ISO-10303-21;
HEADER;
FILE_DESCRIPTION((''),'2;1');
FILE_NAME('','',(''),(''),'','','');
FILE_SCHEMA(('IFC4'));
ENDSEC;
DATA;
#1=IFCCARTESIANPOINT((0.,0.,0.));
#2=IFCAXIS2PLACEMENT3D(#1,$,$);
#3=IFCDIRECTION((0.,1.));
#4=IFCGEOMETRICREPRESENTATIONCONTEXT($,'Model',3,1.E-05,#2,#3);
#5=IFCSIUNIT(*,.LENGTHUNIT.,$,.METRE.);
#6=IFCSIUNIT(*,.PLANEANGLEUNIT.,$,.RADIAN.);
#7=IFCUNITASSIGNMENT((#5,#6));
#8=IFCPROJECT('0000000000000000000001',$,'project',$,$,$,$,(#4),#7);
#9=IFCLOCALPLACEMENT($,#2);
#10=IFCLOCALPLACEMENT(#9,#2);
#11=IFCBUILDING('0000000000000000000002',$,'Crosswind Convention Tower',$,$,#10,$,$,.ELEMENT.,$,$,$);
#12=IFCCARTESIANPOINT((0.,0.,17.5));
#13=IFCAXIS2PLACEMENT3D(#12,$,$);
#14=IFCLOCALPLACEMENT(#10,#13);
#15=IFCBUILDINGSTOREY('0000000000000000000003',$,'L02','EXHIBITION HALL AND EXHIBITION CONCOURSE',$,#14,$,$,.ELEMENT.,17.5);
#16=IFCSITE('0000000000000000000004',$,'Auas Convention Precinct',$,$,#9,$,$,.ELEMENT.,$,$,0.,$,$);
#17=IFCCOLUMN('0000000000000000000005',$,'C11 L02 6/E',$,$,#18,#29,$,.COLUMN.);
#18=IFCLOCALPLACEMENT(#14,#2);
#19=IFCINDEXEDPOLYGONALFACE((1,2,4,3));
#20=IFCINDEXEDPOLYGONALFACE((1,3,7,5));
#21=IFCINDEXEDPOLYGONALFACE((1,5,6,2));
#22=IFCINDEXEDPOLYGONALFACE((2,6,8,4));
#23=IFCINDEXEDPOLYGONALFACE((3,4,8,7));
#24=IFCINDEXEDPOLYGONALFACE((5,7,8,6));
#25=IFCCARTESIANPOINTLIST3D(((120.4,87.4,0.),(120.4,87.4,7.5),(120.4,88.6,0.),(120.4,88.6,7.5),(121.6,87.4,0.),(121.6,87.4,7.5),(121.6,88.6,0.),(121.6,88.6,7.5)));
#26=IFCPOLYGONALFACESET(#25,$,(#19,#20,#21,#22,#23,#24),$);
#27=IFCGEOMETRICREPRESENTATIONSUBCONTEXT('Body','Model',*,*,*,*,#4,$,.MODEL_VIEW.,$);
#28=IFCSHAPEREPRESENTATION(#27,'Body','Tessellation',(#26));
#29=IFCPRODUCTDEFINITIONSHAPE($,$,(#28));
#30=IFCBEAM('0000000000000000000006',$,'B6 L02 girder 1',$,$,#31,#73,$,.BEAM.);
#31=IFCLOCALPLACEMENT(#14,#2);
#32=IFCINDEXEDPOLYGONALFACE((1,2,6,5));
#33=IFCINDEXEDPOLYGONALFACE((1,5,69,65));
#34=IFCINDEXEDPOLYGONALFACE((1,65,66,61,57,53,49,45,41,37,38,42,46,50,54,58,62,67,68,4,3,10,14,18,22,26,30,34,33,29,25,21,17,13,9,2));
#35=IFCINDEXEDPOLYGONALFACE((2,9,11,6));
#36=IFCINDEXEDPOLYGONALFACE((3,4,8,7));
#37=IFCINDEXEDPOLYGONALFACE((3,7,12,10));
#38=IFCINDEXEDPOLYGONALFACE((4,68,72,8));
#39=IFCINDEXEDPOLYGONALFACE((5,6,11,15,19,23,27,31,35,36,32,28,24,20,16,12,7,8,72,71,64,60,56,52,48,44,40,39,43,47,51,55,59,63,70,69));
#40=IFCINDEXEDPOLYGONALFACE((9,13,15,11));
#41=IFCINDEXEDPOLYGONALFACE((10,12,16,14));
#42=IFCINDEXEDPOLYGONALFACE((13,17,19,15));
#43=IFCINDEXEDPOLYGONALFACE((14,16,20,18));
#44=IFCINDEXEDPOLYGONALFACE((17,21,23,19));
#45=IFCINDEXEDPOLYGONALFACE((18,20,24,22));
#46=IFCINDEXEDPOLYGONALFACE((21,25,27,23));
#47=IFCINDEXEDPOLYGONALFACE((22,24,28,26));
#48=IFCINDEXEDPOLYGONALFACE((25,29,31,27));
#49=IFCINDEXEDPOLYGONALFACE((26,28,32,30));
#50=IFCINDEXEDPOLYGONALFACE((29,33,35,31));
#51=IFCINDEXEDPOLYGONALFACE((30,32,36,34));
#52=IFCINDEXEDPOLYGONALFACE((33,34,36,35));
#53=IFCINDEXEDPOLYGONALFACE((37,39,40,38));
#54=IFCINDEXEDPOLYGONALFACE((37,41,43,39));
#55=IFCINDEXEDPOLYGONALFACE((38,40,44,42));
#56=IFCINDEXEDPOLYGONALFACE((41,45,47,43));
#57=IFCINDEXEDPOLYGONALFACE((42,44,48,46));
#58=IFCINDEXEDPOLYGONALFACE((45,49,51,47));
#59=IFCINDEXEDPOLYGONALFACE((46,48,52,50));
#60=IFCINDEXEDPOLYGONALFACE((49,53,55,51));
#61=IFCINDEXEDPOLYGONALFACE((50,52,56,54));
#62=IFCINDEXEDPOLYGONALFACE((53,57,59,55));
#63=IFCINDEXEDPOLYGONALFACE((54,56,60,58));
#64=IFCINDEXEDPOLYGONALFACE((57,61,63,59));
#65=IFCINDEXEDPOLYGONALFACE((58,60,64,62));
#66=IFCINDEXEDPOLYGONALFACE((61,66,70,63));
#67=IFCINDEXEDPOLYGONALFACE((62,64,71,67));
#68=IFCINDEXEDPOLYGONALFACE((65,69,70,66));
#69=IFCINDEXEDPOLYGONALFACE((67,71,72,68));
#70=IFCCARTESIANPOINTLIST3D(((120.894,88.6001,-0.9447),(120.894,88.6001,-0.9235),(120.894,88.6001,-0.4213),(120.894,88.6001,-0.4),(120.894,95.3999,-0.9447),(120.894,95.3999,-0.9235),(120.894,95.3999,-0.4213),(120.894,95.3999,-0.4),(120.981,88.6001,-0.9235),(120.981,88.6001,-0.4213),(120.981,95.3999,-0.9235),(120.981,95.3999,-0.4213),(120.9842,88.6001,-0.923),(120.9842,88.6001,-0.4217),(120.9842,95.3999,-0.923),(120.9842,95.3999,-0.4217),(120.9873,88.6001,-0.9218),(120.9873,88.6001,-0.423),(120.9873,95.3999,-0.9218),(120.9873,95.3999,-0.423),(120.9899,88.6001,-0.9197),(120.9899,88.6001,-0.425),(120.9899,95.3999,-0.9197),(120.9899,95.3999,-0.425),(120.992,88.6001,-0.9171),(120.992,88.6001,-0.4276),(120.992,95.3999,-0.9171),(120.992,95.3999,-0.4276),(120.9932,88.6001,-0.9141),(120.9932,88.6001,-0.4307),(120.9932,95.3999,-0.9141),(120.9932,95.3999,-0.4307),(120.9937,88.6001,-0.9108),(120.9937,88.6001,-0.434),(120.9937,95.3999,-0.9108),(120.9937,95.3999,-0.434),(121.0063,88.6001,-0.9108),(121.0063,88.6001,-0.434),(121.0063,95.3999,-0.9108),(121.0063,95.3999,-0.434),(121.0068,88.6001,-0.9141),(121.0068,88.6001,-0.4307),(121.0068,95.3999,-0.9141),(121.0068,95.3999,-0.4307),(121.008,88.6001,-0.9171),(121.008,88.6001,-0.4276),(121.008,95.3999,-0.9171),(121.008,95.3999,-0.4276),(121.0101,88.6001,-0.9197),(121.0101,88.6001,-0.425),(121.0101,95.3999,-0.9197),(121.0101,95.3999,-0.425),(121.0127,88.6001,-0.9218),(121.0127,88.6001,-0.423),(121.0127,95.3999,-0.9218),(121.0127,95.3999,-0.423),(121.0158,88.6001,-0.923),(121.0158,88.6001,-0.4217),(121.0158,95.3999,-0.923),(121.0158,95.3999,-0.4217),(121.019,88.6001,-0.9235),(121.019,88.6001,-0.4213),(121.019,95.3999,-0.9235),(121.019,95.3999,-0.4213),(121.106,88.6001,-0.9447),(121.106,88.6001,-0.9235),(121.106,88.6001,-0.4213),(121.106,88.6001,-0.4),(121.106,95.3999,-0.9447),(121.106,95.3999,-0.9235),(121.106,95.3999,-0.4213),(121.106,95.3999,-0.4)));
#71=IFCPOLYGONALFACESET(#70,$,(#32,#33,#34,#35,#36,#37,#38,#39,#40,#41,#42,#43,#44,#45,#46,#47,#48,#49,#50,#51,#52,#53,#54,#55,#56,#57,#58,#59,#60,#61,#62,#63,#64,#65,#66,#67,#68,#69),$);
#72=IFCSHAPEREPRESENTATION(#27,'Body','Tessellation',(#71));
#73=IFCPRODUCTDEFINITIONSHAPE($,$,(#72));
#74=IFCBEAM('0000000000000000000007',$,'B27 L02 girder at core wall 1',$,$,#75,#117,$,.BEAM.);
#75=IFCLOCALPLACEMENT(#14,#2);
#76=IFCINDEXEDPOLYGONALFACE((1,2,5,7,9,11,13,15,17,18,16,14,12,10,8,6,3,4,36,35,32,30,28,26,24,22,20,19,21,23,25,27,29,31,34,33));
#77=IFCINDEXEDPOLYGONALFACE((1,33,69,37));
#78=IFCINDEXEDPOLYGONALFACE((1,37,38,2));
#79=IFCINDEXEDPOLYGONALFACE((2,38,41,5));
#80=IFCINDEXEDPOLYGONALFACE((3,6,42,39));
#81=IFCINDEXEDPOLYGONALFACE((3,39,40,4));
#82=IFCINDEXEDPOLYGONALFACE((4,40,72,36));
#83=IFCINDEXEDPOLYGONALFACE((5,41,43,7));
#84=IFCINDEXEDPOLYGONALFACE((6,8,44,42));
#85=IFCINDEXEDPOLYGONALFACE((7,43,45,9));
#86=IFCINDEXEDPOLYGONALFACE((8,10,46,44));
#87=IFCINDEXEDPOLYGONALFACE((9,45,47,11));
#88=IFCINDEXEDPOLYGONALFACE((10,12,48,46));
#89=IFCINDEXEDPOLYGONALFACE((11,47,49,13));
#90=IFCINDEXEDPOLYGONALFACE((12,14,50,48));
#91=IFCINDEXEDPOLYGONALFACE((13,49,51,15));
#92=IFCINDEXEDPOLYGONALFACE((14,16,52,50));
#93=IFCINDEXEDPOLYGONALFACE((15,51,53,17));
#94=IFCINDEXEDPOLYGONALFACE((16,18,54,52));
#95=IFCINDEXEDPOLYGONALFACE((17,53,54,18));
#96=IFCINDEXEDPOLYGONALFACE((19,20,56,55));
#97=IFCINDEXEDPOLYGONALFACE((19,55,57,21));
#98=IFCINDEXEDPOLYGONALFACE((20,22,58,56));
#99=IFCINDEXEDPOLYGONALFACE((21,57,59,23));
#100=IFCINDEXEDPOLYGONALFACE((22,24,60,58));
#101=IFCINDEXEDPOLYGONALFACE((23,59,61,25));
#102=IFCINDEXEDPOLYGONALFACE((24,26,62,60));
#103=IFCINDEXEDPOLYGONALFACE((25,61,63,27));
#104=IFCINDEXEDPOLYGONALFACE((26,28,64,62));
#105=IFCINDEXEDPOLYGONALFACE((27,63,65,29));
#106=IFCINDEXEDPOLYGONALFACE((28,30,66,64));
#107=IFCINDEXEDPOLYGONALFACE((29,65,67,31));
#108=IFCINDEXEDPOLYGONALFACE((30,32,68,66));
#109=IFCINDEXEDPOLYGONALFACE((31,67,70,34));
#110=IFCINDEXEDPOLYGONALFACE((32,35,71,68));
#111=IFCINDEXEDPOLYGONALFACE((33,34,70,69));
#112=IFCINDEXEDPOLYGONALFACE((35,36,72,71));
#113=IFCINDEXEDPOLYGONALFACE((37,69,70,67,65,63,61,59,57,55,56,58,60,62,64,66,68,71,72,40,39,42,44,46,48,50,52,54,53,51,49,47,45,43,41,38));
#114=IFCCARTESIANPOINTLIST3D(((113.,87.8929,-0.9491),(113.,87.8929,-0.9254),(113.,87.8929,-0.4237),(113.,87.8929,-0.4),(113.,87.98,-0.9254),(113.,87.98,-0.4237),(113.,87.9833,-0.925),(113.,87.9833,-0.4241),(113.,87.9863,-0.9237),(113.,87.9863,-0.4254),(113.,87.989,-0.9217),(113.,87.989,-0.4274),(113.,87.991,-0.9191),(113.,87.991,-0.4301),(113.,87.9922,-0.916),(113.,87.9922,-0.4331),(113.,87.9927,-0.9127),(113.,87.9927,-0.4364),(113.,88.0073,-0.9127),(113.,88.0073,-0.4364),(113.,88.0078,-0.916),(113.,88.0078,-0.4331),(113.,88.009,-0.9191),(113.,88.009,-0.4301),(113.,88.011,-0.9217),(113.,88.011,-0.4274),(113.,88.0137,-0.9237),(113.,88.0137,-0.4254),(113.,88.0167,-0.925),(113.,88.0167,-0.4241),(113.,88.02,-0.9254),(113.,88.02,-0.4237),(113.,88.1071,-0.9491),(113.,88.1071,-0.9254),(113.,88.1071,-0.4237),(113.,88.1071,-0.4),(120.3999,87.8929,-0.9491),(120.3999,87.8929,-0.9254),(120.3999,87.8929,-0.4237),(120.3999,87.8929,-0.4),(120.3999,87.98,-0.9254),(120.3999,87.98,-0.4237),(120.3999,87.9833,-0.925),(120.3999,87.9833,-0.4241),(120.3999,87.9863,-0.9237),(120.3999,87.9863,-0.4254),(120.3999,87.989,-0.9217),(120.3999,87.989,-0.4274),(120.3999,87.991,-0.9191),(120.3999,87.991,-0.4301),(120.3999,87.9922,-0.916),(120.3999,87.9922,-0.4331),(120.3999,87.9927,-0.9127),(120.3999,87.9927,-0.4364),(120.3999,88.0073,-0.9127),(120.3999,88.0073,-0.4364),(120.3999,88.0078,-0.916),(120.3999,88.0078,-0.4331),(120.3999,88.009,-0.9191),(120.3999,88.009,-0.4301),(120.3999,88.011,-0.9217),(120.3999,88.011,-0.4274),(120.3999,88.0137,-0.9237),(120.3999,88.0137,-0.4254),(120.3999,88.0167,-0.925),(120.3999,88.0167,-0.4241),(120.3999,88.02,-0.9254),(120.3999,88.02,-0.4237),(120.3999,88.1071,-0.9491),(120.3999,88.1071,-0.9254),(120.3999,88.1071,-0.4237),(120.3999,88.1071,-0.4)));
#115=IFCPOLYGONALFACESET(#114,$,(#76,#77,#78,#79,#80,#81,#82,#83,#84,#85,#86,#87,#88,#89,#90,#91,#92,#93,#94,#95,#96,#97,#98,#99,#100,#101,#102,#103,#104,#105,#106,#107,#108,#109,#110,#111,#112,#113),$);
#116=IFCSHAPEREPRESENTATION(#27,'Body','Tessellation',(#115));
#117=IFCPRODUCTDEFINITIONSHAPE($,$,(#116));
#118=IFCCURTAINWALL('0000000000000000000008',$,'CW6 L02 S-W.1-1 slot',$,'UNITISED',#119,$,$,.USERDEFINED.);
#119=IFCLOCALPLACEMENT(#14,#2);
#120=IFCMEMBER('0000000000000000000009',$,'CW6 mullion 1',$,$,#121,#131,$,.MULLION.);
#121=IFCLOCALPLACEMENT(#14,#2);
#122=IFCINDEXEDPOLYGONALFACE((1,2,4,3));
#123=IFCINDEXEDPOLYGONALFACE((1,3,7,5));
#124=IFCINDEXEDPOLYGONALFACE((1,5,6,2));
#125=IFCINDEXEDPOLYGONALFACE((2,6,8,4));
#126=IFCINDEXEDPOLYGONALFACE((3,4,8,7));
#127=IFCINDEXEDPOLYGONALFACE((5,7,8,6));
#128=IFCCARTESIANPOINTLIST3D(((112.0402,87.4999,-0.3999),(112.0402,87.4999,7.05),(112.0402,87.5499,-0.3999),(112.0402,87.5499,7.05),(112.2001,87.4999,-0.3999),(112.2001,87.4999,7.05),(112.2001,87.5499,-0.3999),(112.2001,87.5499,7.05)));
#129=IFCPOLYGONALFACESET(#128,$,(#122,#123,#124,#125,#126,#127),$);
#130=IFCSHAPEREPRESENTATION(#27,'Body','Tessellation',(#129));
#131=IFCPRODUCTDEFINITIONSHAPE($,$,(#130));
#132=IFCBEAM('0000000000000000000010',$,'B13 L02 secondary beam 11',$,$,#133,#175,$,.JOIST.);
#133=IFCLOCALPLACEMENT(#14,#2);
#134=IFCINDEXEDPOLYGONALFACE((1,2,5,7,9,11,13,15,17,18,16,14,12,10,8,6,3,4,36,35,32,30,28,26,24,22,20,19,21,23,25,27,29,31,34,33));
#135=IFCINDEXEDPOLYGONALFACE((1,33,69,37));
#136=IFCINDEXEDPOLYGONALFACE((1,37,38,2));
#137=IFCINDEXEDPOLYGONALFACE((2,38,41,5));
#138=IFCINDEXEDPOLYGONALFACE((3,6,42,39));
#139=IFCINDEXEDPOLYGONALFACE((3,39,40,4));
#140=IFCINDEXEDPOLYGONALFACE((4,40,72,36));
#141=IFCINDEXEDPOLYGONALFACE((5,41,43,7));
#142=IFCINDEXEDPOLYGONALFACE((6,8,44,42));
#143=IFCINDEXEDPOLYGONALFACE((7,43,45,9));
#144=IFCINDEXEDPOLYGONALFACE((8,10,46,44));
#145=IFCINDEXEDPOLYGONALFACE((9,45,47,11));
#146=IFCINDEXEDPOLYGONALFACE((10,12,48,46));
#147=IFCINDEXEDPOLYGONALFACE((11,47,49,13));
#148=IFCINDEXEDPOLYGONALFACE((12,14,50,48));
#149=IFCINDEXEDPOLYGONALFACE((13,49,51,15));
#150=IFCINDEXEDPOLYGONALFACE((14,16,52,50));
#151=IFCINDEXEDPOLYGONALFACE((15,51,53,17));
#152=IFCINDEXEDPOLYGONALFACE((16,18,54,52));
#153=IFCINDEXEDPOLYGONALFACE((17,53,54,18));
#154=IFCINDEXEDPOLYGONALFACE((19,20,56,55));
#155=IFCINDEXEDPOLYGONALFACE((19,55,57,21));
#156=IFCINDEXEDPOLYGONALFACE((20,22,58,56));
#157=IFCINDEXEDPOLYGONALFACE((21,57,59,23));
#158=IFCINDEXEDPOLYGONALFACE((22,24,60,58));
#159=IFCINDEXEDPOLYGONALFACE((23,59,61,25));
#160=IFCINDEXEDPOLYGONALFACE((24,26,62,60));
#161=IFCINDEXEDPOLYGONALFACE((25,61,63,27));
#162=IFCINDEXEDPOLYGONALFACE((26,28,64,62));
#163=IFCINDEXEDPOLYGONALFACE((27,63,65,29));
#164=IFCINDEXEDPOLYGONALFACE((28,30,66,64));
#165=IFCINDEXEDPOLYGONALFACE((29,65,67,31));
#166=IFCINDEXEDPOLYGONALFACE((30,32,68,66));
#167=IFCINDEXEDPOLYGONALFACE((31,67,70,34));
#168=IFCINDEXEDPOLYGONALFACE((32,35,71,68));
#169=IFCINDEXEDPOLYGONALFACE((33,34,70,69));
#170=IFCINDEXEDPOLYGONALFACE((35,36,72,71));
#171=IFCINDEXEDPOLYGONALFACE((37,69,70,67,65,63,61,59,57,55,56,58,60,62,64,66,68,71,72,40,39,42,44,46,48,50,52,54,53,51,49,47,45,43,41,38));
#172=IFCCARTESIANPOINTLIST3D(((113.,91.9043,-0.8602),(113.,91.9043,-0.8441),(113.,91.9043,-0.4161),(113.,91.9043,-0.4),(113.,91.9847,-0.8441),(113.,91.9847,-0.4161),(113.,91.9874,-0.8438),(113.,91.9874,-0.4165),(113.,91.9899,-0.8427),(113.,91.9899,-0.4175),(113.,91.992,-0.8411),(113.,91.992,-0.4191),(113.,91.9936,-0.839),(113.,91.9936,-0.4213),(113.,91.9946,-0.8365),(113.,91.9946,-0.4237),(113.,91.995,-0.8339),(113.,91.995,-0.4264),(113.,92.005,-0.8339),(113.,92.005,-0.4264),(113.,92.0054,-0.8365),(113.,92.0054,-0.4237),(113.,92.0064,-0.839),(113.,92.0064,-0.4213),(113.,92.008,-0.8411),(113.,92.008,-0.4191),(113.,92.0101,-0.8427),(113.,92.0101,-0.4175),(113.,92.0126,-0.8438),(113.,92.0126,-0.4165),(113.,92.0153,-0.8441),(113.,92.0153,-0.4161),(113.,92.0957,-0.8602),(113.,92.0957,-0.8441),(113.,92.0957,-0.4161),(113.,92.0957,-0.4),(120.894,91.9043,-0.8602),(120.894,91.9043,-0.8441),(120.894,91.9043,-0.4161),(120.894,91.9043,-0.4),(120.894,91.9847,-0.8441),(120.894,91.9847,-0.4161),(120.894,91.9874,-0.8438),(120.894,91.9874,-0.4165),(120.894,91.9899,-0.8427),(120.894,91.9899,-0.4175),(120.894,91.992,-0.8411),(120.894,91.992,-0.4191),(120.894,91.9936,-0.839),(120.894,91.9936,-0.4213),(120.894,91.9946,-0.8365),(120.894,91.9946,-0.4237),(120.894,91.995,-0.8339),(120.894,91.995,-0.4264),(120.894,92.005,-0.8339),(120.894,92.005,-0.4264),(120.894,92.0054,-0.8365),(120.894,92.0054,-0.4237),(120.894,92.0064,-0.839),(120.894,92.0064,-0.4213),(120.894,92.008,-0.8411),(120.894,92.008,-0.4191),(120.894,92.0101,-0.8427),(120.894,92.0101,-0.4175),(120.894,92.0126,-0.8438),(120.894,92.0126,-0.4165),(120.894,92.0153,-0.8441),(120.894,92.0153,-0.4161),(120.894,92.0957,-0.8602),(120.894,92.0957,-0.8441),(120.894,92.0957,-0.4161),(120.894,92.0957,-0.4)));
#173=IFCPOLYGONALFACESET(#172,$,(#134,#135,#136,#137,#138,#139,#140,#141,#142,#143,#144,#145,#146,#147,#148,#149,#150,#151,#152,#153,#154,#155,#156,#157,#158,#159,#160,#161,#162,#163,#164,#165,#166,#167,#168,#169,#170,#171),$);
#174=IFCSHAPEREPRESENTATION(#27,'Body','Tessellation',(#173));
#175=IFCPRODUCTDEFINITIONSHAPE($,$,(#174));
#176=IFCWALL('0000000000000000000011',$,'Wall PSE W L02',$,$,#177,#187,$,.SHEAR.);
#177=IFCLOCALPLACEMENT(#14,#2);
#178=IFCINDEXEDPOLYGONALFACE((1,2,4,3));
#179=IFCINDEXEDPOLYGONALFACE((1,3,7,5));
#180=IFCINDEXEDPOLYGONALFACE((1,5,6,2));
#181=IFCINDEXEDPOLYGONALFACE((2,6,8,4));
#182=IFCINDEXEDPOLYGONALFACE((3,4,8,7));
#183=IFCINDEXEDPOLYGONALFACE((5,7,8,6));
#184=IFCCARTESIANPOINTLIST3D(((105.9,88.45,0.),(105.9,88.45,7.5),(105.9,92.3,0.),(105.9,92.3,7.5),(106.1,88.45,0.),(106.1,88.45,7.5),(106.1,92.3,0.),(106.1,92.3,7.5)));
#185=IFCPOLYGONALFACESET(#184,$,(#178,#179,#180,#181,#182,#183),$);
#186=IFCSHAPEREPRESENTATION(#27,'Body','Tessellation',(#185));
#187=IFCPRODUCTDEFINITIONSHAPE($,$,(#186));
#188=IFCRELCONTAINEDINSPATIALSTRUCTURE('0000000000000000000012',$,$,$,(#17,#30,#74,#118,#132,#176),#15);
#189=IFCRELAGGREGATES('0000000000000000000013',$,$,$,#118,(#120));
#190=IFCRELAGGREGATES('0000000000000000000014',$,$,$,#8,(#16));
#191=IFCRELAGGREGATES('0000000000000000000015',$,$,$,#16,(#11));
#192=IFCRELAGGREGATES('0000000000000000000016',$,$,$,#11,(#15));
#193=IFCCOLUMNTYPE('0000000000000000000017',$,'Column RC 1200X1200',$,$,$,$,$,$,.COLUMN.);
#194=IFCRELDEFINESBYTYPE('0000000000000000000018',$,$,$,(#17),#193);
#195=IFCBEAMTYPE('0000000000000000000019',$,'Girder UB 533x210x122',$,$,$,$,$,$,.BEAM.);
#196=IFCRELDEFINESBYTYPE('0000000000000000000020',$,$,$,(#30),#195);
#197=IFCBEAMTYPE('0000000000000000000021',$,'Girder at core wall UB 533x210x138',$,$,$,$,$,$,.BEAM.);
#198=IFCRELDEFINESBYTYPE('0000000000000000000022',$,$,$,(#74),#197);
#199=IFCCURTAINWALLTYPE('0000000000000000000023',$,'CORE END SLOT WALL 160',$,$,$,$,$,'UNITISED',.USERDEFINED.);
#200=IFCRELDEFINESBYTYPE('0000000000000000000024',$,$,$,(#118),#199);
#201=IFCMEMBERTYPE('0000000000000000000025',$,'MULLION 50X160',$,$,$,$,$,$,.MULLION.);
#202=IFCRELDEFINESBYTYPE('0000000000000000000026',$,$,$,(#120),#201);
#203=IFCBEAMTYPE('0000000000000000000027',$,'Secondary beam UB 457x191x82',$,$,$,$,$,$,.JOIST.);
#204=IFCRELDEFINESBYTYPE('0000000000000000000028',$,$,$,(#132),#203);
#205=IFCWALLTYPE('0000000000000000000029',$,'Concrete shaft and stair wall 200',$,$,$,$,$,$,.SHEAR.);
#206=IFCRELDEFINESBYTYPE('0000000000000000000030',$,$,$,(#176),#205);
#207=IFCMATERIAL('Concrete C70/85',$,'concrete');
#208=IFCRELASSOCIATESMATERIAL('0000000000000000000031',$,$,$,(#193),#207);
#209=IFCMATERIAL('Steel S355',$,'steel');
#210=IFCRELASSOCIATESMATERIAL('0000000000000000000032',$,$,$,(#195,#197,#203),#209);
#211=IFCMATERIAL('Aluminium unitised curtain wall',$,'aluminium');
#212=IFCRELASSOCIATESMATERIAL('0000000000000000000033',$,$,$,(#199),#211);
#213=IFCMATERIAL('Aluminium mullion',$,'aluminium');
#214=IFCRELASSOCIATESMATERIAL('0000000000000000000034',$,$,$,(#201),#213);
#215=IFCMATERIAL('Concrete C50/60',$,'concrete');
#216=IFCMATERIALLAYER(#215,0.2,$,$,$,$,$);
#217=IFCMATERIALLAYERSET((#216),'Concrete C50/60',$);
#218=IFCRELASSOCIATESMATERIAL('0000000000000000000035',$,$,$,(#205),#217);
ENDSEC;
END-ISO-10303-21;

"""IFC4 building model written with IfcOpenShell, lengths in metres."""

from ifc_helpers import new_model, si_unit, direction, frame, frame_2d, origin, origin_2d, place, context, subcontext, project, spatial, rectangle, i_section, extrude, material, layer, layer_set, material_profile, profile_set, type_object, element, aggregate, save


model = new_model("IFC4")

# Units and contexts
model_context = context("Model", 3, precision=1e-05, world=origin(), true_north=direction((0.0, 1.0)))
body_context = subcontext(model_context, "Body", "Model", "MODEL_VIEW")
ifc_project = project(units=[si_unit("LENGTHUNIT", "METRE"), si_unit("PLANEANGLEUNIT", "RADIAN")], contexts=[model_context])

# Site, building, storey
site_placement = place(None, origin())
site = spatial("IfcSite", under=ifc_project, at=site_placement, Name="Auas Convention Precinct", CompositionType="ELEMENT", RefElevation=0.0)
building_placement = place(site_placement, origin())
building = spatial("IfcBuilding", under=site, at=building_placement, Name="Crosswind Convention Tower", CompositionType="ELEMENT")
storey_placement = place(building_placement, frame((0.0, 0.0, 17.5)))
storey = spatial("IfcBuildingStorey", under=building, at=storey_placement, Name="L02", Description="EXHIBITION HALL AND EXHIBITION CONCOURSE", CompositionType="ELEMENT", Elevation=17.5)

# Column
ifc_material_1 = material(Name="Concrete C70/85", Category="concrete")
ifc_material_profile_1 = material_profile(ifc_material_1, rectangle(XDim=1.2, YDim=1.2, at=origin_2d()), Name="RC 1200X1200")
ifc_profile_set_1 = profile_set([ifc_material_profile_1], Name="Concrete C70/85")
column_type = type_object("IfcColumnType", Name="Column RC 1200X1200", PredefinedType="COLUMN", material=ifc_profile_set_1)
column_placement = place(storey_placement, frame((121.0, 88.0, 0.0), z_axis=(0.0, 0.0, 1.0), x_axis=(1.0, 0.0, 0.0)))
element("IfcColumn", 1, at=column_placement, inside=storey, type_object=column_type, Name="C11 L02 6/E", PredefinedType="COLUMN", context=body_context, shape_type="SweptSolid", body=[
    extrude(rectangle(XDim=1.2, YDim=1.2, at=origin_2d()), origin(), (0.0, 0.0, 1.0), 7.5),
])

# Beams
ifc_material_2 = material(Name="Steel S355", Category="steel")
ifc_material_profile_2 = material_profile(ifc_material_2, i_section(OverallWidth=0.2119, OverallDepth=0.5447, WebThickness=0.0127, FlangeThickness=0.0212, FilletRadius=0.0127, at=origin_2d()), Name="UB 533x210x122")
ifc_profile_set_2 = profile_set([ifc_material_profile_2], Name="Steel S355")
beam_type_1 = type_object("IfcBeamType", Name="Girder UB 533x210x122", PredefinedType="BEAM", material=ifc_profile_set_2)
beam_1_placement = place(storey_placement, frame((121.0, 88.6001, -0.6724), z_axis=(0.0, 1.0, 0.0), x_axis=(-1.0, 0.0, 0.0)))
element("IfcBeam", 2, at=beam_1_placement, inside=storey, type_object=beam_type_1, Name="B6 L02 girder 1", PredefinedType="BEAM", context=body_context, shape_type="SweptSolid", body=[
    extrude(i_section(OverallWidth=0.2119, OverallDepth=0.5447, WebThickness=0.0127, FlangeThickness=0.0212, FilletRadius=0.0127, at=origin_2d()), origin(), (0.0, 0.0, 1.0), 6.7998),
])
ifc_material_profile_3 = material_profile(ifc_material_2, i_section(OverallWidth=0.2141, OverallDepth=0.5491, WebThickness=0.0146, FlangeThickness=0.0237, FilletRadius=0.0127, at=origin_2d()), Name="UB 533x210x138")
ifc_profile_set_3 = profile_set([ifc_material_profile_3], Name="Steel S355")
beam_type_2 = type_object("IfcBeamType", Name="Girder at core wall UB 533x210x138", PredefinedType="BEAM", material=ifc_profile_set_3)
beam_2_placement = place(storey_placement, frame((113.0, 88.0, -0.6746), z_axis=(1.0, 0.0, 0.0), x_axis=(0.0, 1.0, 0.0)))
element("IfcBeam", 3, at=beam_2_placement, inside=storey, type_object=beam_type_2, Name="B27 L02 girder at core wall 1", PredefinedType="BEAM", context=body_context, shape_type="SweptSolid", body=[
    extrude(i_section(OverallWidth=0.2141, OverallDepth=0.5491, WebThickness=0.0146, FlangeThickness=0.0237, FilletRadius=0.0127, at=origin_2d()), origin(), (0.0, 0.0, 1.0), 7.3999),
])

# Curtain wall, member
ifc_material_3 = material(Name="Aluminium unitised curtain wall", Category="aluminium")
curtain_wall_type = type_object("IfcCurtainWallType", Name="CORE END SLOT WALL 160", ElementType="UNITISED", PredefinedType="USERDEFINED", material=ifc_material_3)
curtain_wall_placement = place(storey_placement, origin())
curtain_wall = element("IfcCurtainWall", 4, at=curtain_wall_placement, inside=storey, type_object=curtain_wall_type, Name="CW6 L02 S-W.1-1 slot", ObjectType="UNITISED", PredefinedType="USERDEFINED")
ifc_material_4 = material(Name="Aluminium mullion", Category="aluminium")
ifc_material_profile_4 = material_profile(ifc_material_4, rectangle(XDim=0.1599, YDim=0.05, at=origin_2d()), Name="AL 160X50")
ifc_profile_set_4 = profile_set([ifc_material_profile_4], Name="Aluminium mullion")
member_type = type_object("IfcMemberType", Name="MULLION 50X160", PredefinedType="MULLION", material=ifc_profile_set_4)
member_placement = place(storey_placement, frame((112.1201, 87.5249, -0.3999), z_axis=(0.0, 0.0, 1.0), x_axis=(-1.0, 0.0, 0.0)))
member = element("IfcMember", 5, at=member_placement, type_object=member_type, Name="CW6 mullion 1", PredefinedType="MULLION", context=body_context, shape_type="SweptSolid", body=[
    extrude(rectangle(XDim=0.1599, YDim=0.05, at=origin_2d()), origin(), (0.0, 0.0, 1.0), 7.45),
])
aggregate(curtain_wall, [member])

# Beam
ifc_material_profile_5 = material_profile(ifc_material_2, i_section(OverallWidth=0.1914, OverallDepth=0.4602, WebThickness=0.01, FlangeThickness=0.0161, FilletRadius=0.0103, at=origin_2d()), Name="UB 457x191x82")
ifc_profile_set_5 = profile_set([ifc_material_profile_5], Name="Steel S355")
beam_type_3 = type_object("IfcBeamType", Name="Secondary beam UB 457x191x82", PredefinedType="JOIST", material=ifc_profile_set_5)
beam_3_placement = place(storey_placement, frame((113.0, 92.0, -0.6301), z_axis=(1.0, 0.0, 0.0), x_axis=(0.0, 1.0, 0.0)))
element("IfcBeam", 6, at=beam_3_placement, inside=storey, type_object=beam_type_3, Name="B13 L02 secondary beam 11", PredefinedType="JOIST", context=body_context, shape_type="SweptSolid", body=[
    extrude(i_section(OverallWidth=0.1914, OverallDepth=0.4602, WebThickness=0.01, FlangeThickness=0.0161, FilletRadius=0.0103, at=origin_2d()), origin(), (0.0, 0.0, 1.0), 7.894),
])

# Wall
ifc_material_5 = material(Name="Concrete C50/60", Category="concrete")
ifc_layer_1 = layer(ifc_material_5, 0.2)
ifc_layer_set_1 = layer_set([ifc_layer_1], Name="Concrete C50/60")
wall_type_1 = type_object("IfcWallType", Name="Concrete shaft and stair wall 200", PredefinedType="SHEAR", material=ifc_layer_set_1)
wall_1_placement = place(storey_placement, frame((106.0, 92.3, 0.0), z_axis=(0.0, 0.0, 1.0), x_axis=(0.0, -1.0, 0.0)))
element("IfcWall", 7, at=wall_1_placement, inside=storey, type_object=wall_type_1, Name="Wall PSE W L02", PredefinedType="SHEAR", context=body_context, shape_type="SweptSolid", body=[
    extrude(rectangle(XDim=3.8501, YDim=0.2, at=frame_2d((1.925, 0.0))), origin(), (0.0, 0.0, 1.0), 7.5),
])

save(model, "model.ifc")
